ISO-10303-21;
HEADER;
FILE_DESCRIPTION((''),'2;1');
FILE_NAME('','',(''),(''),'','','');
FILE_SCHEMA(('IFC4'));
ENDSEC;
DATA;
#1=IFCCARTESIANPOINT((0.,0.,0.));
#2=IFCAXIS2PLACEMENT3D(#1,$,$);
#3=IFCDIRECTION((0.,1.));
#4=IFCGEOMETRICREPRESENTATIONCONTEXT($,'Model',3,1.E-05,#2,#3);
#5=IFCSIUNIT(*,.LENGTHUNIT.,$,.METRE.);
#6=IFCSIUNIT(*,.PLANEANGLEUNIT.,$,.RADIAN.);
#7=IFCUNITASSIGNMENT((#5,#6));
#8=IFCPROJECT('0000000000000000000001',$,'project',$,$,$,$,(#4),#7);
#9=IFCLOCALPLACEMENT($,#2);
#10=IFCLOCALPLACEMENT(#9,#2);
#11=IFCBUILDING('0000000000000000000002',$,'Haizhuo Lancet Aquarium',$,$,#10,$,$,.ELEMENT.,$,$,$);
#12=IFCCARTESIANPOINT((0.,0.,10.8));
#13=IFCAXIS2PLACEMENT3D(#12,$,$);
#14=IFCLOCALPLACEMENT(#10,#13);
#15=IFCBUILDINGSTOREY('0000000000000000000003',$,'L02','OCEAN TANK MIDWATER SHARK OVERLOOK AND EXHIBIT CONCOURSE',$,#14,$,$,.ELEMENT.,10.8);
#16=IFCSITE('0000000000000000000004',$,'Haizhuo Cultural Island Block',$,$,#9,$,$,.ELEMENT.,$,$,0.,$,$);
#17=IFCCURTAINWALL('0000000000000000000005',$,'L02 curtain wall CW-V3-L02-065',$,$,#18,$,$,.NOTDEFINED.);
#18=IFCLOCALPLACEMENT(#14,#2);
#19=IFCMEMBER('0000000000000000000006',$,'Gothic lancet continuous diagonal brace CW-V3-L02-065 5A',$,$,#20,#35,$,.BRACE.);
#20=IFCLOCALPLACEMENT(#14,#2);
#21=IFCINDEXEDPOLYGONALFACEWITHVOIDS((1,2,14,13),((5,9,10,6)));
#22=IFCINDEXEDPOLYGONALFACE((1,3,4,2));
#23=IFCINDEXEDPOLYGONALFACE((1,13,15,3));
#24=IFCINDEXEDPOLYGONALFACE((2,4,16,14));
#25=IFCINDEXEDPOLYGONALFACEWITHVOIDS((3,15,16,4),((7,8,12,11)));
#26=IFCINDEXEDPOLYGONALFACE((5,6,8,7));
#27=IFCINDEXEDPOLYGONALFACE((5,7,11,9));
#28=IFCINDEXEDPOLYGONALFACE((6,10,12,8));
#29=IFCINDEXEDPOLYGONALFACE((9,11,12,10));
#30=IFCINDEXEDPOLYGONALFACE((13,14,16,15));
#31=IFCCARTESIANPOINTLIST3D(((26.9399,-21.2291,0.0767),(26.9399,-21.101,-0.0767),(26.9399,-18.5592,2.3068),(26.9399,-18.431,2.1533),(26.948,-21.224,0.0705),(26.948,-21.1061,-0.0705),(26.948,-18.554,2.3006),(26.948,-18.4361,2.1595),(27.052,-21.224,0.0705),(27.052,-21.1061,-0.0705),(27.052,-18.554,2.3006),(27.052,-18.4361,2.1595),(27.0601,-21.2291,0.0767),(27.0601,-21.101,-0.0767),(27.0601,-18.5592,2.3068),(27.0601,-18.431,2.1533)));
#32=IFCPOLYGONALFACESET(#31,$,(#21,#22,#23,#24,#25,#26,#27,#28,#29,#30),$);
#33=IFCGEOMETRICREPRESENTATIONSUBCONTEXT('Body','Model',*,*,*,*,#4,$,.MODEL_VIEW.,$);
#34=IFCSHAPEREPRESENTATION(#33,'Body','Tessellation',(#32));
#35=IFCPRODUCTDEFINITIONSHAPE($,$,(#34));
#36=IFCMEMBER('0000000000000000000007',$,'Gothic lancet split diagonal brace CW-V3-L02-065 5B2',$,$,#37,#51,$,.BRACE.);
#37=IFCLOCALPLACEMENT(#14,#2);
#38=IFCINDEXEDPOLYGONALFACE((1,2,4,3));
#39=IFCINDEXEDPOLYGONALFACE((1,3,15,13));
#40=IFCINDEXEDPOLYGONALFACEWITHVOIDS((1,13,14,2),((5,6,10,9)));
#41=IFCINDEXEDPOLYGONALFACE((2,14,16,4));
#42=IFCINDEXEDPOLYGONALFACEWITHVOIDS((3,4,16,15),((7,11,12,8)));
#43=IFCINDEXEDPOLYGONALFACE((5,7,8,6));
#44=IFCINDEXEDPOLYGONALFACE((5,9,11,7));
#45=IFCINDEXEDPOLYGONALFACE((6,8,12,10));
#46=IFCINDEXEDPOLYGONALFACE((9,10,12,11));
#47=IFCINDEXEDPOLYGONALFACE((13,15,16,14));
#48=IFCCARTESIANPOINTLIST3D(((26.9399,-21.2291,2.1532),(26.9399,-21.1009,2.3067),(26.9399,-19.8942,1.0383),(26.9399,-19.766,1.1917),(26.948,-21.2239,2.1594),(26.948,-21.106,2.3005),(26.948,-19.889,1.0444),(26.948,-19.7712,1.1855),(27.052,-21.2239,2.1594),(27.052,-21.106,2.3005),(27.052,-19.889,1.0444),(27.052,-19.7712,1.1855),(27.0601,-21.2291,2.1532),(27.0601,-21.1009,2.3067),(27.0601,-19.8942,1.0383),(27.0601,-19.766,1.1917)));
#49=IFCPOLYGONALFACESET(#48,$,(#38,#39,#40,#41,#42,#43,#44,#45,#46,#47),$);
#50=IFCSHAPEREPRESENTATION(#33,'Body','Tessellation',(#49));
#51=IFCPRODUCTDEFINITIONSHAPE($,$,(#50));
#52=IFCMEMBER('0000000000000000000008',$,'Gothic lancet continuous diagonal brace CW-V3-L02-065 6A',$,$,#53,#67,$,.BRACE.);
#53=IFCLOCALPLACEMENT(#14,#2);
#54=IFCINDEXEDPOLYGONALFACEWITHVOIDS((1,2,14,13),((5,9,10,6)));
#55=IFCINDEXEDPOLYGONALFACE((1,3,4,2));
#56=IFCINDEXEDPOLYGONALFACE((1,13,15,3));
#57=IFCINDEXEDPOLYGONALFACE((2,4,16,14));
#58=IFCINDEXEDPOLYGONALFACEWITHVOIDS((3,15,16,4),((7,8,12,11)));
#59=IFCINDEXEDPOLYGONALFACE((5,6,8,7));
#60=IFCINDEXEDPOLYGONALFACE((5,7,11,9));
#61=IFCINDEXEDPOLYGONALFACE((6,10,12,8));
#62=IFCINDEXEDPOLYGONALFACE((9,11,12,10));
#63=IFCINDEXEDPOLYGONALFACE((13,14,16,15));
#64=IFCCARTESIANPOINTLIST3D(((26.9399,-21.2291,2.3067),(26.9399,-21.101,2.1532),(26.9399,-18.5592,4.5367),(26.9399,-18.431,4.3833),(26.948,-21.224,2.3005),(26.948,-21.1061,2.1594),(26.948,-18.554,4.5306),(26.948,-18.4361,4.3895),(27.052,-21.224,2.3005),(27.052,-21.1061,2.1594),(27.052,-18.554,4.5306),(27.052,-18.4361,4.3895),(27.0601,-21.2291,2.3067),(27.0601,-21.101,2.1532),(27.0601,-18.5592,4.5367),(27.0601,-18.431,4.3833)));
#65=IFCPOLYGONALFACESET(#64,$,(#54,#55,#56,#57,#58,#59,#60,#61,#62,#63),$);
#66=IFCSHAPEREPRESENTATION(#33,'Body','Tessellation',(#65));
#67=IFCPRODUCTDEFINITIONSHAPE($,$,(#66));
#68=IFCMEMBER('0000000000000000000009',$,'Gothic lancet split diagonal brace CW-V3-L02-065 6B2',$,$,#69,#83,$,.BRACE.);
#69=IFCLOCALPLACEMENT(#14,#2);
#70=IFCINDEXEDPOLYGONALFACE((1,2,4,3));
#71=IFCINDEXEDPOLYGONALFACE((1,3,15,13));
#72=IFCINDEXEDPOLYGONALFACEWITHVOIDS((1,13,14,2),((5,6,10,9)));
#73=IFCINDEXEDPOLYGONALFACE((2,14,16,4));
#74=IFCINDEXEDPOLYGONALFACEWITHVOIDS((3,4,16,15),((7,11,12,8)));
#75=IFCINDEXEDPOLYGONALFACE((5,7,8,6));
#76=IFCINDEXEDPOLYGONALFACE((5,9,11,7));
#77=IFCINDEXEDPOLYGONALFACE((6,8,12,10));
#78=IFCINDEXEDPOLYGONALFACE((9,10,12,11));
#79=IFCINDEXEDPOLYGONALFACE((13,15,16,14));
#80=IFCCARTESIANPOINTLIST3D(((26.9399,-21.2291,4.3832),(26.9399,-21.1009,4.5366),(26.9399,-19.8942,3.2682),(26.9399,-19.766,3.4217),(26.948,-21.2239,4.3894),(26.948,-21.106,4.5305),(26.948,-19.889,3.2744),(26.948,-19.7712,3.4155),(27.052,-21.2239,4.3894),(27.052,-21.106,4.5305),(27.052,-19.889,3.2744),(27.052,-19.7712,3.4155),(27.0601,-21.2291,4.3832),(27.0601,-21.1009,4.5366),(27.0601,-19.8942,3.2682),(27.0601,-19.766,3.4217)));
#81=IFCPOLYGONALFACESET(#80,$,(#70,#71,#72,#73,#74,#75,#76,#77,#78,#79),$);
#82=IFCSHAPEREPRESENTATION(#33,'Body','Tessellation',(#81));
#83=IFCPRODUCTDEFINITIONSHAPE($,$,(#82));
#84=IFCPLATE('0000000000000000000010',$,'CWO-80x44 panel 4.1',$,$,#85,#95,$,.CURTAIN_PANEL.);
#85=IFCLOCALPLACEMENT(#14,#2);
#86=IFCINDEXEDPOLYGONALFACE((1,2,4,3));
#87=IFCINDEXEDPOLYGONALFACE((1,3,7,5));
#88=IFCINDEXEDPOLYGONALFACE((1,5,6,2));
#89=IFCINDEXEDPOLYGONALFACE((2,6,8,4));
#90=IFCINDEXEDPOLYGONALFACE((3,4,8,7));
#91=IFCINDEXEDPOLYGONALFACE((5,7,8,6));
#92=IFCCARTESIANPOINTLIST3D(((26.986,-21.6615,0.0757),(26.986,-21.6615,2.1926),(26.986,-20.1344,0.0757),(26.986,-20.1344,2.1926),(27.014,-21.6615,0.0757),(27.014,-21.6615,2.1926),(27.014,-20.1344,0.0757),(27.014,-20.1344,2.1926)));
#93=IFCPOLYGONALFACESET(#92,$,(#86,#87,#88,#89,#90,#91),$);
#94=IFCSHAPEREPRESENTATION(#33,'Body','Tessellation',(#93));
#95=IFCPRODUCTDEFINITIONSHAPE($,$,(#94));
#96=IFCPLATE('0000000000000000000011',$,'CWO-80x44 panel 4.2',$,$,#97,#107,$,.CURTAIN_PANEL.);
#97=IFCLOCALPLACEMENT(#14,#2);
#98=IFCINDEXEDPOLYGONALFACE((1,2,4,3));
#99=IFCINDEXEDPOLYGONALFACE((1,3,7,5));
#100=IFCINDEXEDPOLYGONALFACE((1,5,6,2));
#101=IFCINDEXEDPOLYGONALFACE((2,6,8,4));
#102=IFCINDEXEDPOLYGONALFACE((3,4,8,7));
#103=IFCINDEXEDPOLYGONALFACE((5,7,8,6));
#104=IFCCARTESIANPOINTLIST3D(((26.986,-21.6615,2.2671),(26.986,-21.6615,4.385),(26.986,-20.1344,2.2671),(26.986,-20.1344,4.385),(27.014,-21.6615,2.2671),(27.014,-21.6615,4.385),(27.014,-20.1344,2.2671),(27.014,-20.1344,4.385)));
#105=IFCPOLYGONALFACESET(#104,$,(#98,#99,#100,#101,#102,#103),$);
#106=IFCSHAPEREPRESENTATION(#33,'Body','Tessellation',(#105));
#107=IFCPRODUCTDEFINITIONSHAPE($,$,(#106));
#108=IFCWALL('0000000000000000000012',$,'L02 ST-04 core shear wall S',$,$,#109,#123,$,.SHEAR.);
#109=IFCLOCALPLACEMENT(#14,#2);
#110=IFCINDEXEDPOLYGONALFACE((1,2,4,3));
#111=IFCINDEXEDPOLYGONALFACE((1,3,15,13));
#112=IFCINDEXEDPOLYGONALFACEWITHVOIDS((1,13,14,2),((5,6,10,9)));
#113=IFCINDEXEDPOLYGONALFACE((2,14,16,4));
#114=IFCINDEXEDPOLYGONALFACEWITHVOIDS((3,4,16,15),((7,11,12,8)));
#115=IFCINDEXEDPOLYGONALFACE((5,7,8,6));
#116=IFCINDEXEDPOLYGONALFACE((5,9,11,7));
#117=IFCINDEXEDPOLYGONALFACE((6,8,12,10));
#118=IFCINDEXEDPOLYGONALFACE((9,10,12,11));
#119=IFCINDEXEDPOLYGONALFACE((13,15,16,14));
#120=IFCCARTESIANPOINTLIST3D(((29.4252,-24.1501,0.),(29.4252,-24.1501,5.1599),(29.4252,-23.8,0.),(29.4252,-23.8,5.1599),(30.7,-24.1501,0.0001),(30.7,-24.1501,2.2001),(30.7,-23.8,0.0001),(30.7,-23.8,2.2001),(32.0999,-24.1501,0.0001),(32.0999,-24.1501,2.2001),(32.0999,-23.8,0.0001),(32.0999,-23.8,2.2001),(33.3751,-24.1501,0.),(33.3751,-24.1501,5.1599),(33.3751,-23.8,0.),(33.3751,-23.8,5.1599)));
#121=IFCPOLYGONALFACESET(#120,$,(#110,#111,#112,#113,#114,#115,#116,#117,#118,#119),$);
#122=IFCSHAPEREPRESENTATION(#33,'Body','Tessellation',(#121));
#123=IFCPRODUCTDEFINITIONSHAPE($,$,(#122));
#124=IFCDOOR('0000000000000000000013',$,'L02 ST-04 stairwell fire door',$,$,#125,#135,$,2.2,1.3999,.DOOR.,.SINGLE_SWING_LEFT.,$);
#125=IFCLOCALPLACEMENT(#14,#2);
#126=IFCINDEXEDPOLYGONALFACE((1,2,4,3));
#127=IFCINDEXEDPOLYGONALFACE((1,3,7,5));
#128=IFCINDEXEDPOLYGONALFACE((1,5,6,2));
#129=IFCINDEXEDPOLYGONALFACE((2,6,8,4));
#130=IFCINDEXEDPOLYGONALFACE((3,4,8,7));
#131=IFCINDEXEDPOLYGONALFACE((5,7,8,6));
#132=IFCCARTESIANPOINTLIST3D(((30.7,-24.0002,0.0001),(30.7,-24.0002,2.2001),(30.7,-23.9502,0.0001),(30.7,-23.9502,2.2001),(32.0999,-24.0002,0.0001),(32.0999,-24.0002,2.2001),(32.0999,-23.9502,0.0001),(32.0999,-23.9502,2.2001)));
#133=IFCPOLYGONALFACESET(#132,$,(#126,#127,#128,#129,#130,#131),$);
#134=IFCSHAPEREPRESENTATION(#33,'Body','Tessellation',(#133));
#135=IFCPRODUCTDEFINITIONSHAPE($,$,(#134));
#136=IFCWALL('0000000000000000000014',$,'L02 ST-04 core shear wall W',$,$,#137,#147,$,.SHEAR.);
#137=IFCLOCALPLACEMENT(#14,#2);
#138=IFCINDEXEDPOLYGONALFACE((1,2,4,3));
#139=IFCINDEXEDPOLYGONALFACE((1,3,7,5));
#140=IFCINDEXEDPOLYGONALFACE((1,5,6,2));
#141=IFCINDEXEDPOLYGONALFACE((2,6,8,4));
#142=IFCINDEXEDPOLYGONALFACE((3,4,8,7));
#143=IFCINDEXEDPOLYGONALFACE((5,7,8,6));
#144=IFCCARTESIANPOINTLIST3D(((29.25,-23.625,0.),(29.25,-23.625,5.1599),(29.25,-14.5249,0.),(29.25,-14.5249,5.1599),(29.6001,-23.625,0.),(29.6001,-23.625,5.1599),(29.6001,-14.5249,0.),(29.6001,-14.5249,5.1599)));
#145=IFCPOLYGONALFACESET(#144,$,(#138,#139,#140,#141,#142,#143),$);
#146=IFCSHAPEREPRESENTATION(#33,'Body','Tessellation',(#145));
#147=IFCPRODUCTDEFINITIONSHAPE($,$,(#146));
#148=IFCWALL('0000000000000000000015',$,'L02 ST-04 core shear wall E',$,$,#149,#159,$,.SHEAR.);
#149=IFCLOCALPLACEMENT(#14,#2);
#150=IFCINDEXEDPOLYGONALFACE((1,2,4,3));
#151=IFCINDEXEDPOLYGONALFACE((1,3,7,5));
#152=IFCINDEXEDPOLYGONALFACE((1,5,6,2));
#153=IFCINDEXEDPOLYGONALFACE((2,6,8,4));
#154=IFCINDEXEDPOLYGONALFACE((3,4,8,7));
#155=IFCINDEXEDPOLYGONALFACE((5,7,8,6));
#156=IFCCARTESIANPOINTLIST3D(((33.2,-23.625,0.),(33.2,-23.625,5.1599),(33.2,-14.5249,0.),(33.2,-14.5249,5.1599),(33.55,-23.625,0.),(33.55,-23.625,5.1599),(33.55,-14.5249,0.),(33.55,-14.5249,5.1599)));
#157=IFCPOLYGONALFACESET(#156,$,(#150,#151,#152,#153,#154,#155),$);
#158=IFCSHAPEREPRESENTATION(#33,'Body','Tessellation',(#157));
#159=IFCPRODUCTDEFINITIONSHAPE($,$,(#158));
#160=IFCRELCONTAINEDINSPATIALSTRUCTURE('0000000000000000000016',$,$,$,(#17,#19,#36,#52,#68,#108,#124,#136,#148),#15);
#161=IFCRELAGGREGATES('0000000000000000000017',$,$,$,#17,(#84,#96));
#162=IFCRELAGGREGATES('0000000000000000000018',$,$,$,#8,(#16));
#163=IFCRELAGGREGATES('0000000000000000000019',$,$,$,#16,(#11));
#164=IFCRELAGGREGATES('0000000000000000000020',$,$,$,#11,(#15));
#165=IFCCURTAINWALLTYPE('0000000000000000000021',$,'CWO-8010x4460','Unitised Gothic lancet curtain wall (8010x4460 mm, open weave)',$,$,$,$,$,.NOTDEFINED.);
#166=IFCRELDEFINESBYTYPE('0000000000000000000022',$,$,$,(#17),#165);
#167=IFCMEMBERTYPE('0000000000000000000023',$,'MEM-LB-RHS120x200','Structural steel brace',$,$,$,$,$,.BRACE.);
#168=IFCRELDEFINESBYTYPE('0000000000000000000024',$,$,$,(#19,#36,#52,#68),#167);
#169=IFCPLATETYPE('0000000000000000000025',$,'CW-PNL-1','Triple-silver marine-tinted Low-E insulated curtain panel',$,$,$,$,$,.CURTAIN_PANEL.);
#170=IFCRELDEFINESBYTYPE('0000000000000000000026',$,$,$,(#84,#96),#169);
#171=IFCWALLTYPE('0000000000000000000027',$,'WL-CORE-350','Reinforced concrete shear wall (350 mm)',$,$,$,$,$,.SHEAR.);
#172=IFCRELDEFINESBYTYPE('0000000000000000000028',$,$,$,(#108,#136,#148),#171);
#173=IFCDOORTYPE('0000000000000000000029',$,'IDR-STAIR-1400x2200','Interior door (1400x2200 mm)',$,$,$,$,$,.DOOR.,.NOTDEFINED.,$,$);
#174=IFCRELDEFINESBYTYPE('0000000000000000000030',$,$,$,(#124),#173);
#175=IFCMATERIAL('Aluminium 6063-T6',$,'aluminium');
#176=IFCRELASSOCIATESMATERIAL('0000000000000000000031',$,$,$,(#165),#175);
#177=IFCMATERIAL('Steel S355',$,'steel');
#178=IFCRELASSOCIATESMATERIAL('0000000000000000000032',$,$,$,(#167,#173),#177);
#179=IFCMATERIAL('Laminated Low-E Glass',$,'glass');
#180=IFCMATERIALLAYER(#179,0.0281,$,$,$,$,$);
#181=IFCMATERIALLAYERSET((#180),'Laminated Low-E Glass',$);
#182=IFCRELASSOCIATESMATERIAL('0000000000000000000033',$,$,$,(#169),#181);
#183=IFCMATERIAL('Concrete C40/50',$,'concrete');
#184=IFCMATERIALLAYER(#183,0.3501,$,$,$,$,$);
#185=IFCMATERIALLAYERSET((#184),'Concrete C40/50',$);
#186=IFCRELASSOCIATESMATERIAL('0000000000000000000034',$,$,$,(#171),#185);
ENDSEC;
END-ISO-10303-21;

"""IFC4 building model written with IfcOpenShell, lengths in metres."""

from ifc_helpers import new_model, si_unit, direction, frame, frame_2d, origin, origin_2d, place, context, subcontext, project, spatial, rectangle, hollow_rectangle, extrude, material, layer, layer_set, material_profile, profile_set, type_object, element, fill, aggregate, save


model = new_model("IFC4")

# Units and contexts
model_context = context("Model", 3, precision=1e-05, world=origin(), true_north=direction((0.0, 1.0)))
body_context = subcontext(model_context, "Body", "Model", "MODEL_VIEW")
ifc_project = project(units=[si_unit("LENGTHUNIT", "METRE"), si_unit("PLANEANGLEUNIT", "RADIAN")], contexts=[model_context])

# Site, building, storey
site_placement = place(None, origin())
site = spatial("IfcSite", under=ifc_project, at=site_placement, Name="Haizhuo Cultural Island Block", CompositionType="ELEMENT", RefElevation=0.0)
building_placement = place(site_placement, origin())
building = spatial("IfcBuilding", under=site, at=building_placement, Name="Haizhuo Lancet Aquarium", CompositionType="ELEMENT")
storey_placement = place(building_placement, frame((0.0, 0.0, 10.8)))
storey = spatial("IfcBuildingStorey", under=building, at=storey_placement, Name="L02", Description="OCEAN TANK MIDWATER SHARK OVERLOOK AND EXHIBIT CONCOURSE", CompositionType="ELEMENT", Elevation=10.8)

# Curtain wall
ifc_material_1 = material(Name="Aluminium 6063-T6", Category="aluminium")
curtain_wall_type = type_object("IfcCurtainWallType", Name="CWO-8010x4460", Description="Unitised Gothic lancet curtain wall (8010x4460 mm, open weave)", PredefinedType="NOTDEFINED", material=ifc_material_1)
curtain_wall_placement = place(storey_placement, origin())
curtain_wall = element("IfcCurtainWall", 1, at=curtain_wall_placement, inside=storey, type_object=curtain_wall_type, Name="L02 curtain wall CW-V3-L02-065", PredefinedType="NOTDEFINED")

# Shared definitions
ifc_material_2 = material(Name="Steel S355", Category="steel")

# Members
ifc_material_profile_1 = material_profile(ifc_material_2, hollow_rectangle(XDim=0.1201, YDim=0.2, WallThickness=0.0081, at=origin_2d()), Name="RHS 120x200x8")
ifc_profile_set_1 = profile_set([ifc_material_profile_1], Name="Steel S355")
member_type_1 = type_object("IfcMemberType", Name="MEM-LB-RHS120x200", Description="Structural steel brace", PredefinedType="BRACE", material=ifc_profile_set_1)
member_1_placement = place(storey_placement, frame((27.0, -21.165, 0.0), z_axis=(0.0, 0.767507, 0.64104), x_axis=(-1.0, 0.0, 0.0)))
element("IfcMember", 2, at=member_1_placement, inside=storey, type_object=member_type_1, Name="Gothic lancet continuous diagonal brace CW-V3-L02-065 5A", PredefinedType="BRACE", context=body_context, shape_type="SweptSolid", body=[
    extrude(hollow_rectangle(XDim=0.1201, YDim=0.2, WallThickness=0.0081, at=origin_2d()), origin(), (0.0, 0.0, 1.0), 3.4788),
])
member_2_placement = place(storey_placement, frame((27.0, -19.8301, 1.115), z_axis=(0.0, -0.767507, 0.64104), x_axis=(1.0, 0.0, 0.0)))
element("IfcMember", 3, at=member_2_placement, inside=storey, type_object=member_type_1, Name="Gothic lancet split diagonal brace CW-V3-L02-065 5B2", PredefinedType="BRACE", context=body_context, shape_type="SweptSolid", body=[
    extrude(hollow_rectangle(XDim=0.1201, YDim=0.2, WallThickness=0.0081, at=origin_2d()), origin(), (0.0, 0.0, 1.0), 1.7393),
])
member_3_placement = place(storey_placement, frame((27.0, -21.165, 2.23), z_axis=(0.0, 0.767507, 0.64104), x_axis=(-1.0, 0.0, 0.0)))
element("IfcMember", 4, at=member_3_placement, inside=storey, type_object=member_type_1, Name="Gothic lancet continuous diagonal brace CW-V3-L02-065 6A", PredefinedType="BRACE", context=body_context, shape_type="SweptSolid", body=[
    extrude(hollow_rectangle(XDim=0.1201, YDim=0.2, WallThickness=0.0081, at=origin_2d()), origin(), (0.0, 0.0, 1.0), 3.4788),
])
member_4_placement = place(storey_placement, frame((27.0, -19.8301, 3.345), z_axis=(0.0, -0.767507, 0.64104), x_axis=(1.0, 0.0, 0.0)))
element("IfcMember", 5, at=member_4_placement, inside=storey, type_object=member_type_1, Name="Gothic lancet split diagonal brace CW-V3-L02-065 6B2", PredefinedType="BRACE", context=body_context, shape_type="SweptSolid", body=[
    extrude(hollow_rectangle(XDim=0.1201, YDim=0.2, WallThickness=0.0081, at=origin_2d()), origin(), (0.0, 0.0, 1.0), 1.7393),
])

# Plates
ifc_material_3 = material(Name="Laminated Low-E Glass", Category="glass")
ifc_layer_1 = layer(ifc_material_3, 0.0281)
ifc_layer_set_1 = layer_set([ifc_layer_1], Name="Laminated Low-E Glass")
plate_type = type_object("IfcPlateType", Name="CW-PNL-1", Description="Triple-silver marine-tinted Low-E insulated curtain panel", PredefinedType="CURTAIN_PANEL", material=ifc_layer_set_1)
plate_1_placement = place(storey_placement, frame((27.0, -20.8979, 0.0757), z_axis=(0.0, 0.0, 1.0), x_axis=(0.0, 1.0, 0.0)))
plate_1 = element("IfcPlate", 6, at=plate_1_placement, type_object=plate_type, Name="CWO-80x44 panel 4.1", PredefinedType="CURTAIN_PANEL", context=body_context, shape_type="SweptSolid", body=[
    extrude(rectangle(XDim=1.5271, YDim=0.0281, at=origin_2d()), origin(), (0.0, 0.0, 1.0), 2.1169),
])
plate_2_placement = place(storey_placement, frame((27.0, -20.8979, 2.2671), z_axis=(0.0, 0.0, 1.0), x_axis=(0.0, 1.0, 0.0)))
plate_2 = element("IfcPlate", 7, at=plate_2_placement, type_object=plate_type, Name="CWO-80x44 panel 4.2", PredefinedType="CURTAIN_PANEL", context=body_context, shape_type="SweptSolid", body=[
    extrude(rectangle(XDim=1.5271, YDim=0.0281, at=origin_2d()), origin(), (0.0, 0.0, 1.0), 2.1179),
])
aggregate(curtain_wall, [plate_1, plate_2])

# Wall, opening, door
ifc_material_4 = material(Name="Concrete C40/50", Category="concrete")
ifc_layer_2 = layer(ifc_material_4, 0.3501)
ifc_layer_set_2 = layer_set([ifc_layer_2], Name="Concrete C40/50")
wall_type = type_object("IfcWallType", Name="WL-CORE-350", Description="Reinforced concrete shear wall (350 mm)", PredefinedType="SHEAR", material=ifc_layer_set_2)
wall_placement = place(storey_placement, frame((29.425, -23.9751, 0.0), z_axis=(0.0, 0.0, 1.0), x_axis=(1.0, 0.0, 0.0)))
wall = element("IfcWall", 8, at=wall_placement, inside=storey, type_object=wall_type, Name="L02 ST-04 core shear wall S", PredefinedType="SHEAR", context=body_context, shape_type="SweptSolid", body=[
    extrude(rectangle(XDim=3.95, YDim=0.3501, at=frame_2d((1.9751, 0.0))), origin(), (0.0, 0.0, 1.0), 5.1599),
])
opening_placement = place(wall_placement, frame((1.2749, 0.0, 0.0)))
opening = element("IfcOpeningElement", 9, at=opening_placement, cuts=wall, PredefinedType="OPENING", context=body_context, shape_type="SweptSolid", body=[
    extrude(rectangle(XDim=1.3999, YDim=2.2, at=frame_2d((0.7, 1.1001))), frame((0.0, 0.1851, 0.0), z_axis=(0.0, -1.0, 0.0), x_axis=(1.0, 0.0, 0.0)), (0.0, 0.0, 1.0), 0.3701),
])
door_type = type_object("IfcDoorType", Name="IDR-STAIR-1400x2200", Description="Interior door (1400x2200 mm)", OperationType="NOTDEFINED", PredefinedType="DOOR", material=ifc_material_2)
door_placement = place(opening_placement, origin())
door = element("IfcDoor", 10, at=door_placement, inside=storey, type_object=door_type, Name="L02 ST-04 stairwell fire door", OperationType="SINGLE_SWING_LEFT", OverallHeight=2.2, OverallWidth=1.3999, PredefinedType="DOOR", context=body_context, shape_type="SweptSolid", body=[
    extrude(rectangle(XDim=1.3999, YDim=2.2, at=frame_2d((0.7, 1.1001))), frame((0.0, 0.0249, 0.0), z_axis=(0.0, -1.0, 0.0), x_axis=(1.0, 0.0, 0.0)), (0.0, 0.0, 1.0), 0.05),
])
fill(opening, door)

# Walls
for number, where, z_axis, x_axis, name in (
    (11, (29.425, -23.625, 0.0), (0.0, 0.0, 1.0), (0.0, 1.0, 0.0), "L02 ST-04 core shear wall W"),
    (12, (33.375, -23.625, 0.0), (0.0, 0.0, 1.0), (0.0, 1.0, 0.0), "L02 ST-04 core shear wall E"),
):
    element("IfcWall", number, at=place(storey_placement, frame(where, z_axis=z_axis, x_axis=x_axis)), inside=storey, type_object=wall_type, Name=name, PredefinedType="SHEAR", context=body_context, shape_type="SweptSolid", body=[
        extrude(rectangle(XDim=9.1001, YDim=0.3501, at=frame_2d((4.55, 0.0))), origin(), (0.0, 0.0, 1.0), 5.1599),
    ])

save(model, "model.ifc")
